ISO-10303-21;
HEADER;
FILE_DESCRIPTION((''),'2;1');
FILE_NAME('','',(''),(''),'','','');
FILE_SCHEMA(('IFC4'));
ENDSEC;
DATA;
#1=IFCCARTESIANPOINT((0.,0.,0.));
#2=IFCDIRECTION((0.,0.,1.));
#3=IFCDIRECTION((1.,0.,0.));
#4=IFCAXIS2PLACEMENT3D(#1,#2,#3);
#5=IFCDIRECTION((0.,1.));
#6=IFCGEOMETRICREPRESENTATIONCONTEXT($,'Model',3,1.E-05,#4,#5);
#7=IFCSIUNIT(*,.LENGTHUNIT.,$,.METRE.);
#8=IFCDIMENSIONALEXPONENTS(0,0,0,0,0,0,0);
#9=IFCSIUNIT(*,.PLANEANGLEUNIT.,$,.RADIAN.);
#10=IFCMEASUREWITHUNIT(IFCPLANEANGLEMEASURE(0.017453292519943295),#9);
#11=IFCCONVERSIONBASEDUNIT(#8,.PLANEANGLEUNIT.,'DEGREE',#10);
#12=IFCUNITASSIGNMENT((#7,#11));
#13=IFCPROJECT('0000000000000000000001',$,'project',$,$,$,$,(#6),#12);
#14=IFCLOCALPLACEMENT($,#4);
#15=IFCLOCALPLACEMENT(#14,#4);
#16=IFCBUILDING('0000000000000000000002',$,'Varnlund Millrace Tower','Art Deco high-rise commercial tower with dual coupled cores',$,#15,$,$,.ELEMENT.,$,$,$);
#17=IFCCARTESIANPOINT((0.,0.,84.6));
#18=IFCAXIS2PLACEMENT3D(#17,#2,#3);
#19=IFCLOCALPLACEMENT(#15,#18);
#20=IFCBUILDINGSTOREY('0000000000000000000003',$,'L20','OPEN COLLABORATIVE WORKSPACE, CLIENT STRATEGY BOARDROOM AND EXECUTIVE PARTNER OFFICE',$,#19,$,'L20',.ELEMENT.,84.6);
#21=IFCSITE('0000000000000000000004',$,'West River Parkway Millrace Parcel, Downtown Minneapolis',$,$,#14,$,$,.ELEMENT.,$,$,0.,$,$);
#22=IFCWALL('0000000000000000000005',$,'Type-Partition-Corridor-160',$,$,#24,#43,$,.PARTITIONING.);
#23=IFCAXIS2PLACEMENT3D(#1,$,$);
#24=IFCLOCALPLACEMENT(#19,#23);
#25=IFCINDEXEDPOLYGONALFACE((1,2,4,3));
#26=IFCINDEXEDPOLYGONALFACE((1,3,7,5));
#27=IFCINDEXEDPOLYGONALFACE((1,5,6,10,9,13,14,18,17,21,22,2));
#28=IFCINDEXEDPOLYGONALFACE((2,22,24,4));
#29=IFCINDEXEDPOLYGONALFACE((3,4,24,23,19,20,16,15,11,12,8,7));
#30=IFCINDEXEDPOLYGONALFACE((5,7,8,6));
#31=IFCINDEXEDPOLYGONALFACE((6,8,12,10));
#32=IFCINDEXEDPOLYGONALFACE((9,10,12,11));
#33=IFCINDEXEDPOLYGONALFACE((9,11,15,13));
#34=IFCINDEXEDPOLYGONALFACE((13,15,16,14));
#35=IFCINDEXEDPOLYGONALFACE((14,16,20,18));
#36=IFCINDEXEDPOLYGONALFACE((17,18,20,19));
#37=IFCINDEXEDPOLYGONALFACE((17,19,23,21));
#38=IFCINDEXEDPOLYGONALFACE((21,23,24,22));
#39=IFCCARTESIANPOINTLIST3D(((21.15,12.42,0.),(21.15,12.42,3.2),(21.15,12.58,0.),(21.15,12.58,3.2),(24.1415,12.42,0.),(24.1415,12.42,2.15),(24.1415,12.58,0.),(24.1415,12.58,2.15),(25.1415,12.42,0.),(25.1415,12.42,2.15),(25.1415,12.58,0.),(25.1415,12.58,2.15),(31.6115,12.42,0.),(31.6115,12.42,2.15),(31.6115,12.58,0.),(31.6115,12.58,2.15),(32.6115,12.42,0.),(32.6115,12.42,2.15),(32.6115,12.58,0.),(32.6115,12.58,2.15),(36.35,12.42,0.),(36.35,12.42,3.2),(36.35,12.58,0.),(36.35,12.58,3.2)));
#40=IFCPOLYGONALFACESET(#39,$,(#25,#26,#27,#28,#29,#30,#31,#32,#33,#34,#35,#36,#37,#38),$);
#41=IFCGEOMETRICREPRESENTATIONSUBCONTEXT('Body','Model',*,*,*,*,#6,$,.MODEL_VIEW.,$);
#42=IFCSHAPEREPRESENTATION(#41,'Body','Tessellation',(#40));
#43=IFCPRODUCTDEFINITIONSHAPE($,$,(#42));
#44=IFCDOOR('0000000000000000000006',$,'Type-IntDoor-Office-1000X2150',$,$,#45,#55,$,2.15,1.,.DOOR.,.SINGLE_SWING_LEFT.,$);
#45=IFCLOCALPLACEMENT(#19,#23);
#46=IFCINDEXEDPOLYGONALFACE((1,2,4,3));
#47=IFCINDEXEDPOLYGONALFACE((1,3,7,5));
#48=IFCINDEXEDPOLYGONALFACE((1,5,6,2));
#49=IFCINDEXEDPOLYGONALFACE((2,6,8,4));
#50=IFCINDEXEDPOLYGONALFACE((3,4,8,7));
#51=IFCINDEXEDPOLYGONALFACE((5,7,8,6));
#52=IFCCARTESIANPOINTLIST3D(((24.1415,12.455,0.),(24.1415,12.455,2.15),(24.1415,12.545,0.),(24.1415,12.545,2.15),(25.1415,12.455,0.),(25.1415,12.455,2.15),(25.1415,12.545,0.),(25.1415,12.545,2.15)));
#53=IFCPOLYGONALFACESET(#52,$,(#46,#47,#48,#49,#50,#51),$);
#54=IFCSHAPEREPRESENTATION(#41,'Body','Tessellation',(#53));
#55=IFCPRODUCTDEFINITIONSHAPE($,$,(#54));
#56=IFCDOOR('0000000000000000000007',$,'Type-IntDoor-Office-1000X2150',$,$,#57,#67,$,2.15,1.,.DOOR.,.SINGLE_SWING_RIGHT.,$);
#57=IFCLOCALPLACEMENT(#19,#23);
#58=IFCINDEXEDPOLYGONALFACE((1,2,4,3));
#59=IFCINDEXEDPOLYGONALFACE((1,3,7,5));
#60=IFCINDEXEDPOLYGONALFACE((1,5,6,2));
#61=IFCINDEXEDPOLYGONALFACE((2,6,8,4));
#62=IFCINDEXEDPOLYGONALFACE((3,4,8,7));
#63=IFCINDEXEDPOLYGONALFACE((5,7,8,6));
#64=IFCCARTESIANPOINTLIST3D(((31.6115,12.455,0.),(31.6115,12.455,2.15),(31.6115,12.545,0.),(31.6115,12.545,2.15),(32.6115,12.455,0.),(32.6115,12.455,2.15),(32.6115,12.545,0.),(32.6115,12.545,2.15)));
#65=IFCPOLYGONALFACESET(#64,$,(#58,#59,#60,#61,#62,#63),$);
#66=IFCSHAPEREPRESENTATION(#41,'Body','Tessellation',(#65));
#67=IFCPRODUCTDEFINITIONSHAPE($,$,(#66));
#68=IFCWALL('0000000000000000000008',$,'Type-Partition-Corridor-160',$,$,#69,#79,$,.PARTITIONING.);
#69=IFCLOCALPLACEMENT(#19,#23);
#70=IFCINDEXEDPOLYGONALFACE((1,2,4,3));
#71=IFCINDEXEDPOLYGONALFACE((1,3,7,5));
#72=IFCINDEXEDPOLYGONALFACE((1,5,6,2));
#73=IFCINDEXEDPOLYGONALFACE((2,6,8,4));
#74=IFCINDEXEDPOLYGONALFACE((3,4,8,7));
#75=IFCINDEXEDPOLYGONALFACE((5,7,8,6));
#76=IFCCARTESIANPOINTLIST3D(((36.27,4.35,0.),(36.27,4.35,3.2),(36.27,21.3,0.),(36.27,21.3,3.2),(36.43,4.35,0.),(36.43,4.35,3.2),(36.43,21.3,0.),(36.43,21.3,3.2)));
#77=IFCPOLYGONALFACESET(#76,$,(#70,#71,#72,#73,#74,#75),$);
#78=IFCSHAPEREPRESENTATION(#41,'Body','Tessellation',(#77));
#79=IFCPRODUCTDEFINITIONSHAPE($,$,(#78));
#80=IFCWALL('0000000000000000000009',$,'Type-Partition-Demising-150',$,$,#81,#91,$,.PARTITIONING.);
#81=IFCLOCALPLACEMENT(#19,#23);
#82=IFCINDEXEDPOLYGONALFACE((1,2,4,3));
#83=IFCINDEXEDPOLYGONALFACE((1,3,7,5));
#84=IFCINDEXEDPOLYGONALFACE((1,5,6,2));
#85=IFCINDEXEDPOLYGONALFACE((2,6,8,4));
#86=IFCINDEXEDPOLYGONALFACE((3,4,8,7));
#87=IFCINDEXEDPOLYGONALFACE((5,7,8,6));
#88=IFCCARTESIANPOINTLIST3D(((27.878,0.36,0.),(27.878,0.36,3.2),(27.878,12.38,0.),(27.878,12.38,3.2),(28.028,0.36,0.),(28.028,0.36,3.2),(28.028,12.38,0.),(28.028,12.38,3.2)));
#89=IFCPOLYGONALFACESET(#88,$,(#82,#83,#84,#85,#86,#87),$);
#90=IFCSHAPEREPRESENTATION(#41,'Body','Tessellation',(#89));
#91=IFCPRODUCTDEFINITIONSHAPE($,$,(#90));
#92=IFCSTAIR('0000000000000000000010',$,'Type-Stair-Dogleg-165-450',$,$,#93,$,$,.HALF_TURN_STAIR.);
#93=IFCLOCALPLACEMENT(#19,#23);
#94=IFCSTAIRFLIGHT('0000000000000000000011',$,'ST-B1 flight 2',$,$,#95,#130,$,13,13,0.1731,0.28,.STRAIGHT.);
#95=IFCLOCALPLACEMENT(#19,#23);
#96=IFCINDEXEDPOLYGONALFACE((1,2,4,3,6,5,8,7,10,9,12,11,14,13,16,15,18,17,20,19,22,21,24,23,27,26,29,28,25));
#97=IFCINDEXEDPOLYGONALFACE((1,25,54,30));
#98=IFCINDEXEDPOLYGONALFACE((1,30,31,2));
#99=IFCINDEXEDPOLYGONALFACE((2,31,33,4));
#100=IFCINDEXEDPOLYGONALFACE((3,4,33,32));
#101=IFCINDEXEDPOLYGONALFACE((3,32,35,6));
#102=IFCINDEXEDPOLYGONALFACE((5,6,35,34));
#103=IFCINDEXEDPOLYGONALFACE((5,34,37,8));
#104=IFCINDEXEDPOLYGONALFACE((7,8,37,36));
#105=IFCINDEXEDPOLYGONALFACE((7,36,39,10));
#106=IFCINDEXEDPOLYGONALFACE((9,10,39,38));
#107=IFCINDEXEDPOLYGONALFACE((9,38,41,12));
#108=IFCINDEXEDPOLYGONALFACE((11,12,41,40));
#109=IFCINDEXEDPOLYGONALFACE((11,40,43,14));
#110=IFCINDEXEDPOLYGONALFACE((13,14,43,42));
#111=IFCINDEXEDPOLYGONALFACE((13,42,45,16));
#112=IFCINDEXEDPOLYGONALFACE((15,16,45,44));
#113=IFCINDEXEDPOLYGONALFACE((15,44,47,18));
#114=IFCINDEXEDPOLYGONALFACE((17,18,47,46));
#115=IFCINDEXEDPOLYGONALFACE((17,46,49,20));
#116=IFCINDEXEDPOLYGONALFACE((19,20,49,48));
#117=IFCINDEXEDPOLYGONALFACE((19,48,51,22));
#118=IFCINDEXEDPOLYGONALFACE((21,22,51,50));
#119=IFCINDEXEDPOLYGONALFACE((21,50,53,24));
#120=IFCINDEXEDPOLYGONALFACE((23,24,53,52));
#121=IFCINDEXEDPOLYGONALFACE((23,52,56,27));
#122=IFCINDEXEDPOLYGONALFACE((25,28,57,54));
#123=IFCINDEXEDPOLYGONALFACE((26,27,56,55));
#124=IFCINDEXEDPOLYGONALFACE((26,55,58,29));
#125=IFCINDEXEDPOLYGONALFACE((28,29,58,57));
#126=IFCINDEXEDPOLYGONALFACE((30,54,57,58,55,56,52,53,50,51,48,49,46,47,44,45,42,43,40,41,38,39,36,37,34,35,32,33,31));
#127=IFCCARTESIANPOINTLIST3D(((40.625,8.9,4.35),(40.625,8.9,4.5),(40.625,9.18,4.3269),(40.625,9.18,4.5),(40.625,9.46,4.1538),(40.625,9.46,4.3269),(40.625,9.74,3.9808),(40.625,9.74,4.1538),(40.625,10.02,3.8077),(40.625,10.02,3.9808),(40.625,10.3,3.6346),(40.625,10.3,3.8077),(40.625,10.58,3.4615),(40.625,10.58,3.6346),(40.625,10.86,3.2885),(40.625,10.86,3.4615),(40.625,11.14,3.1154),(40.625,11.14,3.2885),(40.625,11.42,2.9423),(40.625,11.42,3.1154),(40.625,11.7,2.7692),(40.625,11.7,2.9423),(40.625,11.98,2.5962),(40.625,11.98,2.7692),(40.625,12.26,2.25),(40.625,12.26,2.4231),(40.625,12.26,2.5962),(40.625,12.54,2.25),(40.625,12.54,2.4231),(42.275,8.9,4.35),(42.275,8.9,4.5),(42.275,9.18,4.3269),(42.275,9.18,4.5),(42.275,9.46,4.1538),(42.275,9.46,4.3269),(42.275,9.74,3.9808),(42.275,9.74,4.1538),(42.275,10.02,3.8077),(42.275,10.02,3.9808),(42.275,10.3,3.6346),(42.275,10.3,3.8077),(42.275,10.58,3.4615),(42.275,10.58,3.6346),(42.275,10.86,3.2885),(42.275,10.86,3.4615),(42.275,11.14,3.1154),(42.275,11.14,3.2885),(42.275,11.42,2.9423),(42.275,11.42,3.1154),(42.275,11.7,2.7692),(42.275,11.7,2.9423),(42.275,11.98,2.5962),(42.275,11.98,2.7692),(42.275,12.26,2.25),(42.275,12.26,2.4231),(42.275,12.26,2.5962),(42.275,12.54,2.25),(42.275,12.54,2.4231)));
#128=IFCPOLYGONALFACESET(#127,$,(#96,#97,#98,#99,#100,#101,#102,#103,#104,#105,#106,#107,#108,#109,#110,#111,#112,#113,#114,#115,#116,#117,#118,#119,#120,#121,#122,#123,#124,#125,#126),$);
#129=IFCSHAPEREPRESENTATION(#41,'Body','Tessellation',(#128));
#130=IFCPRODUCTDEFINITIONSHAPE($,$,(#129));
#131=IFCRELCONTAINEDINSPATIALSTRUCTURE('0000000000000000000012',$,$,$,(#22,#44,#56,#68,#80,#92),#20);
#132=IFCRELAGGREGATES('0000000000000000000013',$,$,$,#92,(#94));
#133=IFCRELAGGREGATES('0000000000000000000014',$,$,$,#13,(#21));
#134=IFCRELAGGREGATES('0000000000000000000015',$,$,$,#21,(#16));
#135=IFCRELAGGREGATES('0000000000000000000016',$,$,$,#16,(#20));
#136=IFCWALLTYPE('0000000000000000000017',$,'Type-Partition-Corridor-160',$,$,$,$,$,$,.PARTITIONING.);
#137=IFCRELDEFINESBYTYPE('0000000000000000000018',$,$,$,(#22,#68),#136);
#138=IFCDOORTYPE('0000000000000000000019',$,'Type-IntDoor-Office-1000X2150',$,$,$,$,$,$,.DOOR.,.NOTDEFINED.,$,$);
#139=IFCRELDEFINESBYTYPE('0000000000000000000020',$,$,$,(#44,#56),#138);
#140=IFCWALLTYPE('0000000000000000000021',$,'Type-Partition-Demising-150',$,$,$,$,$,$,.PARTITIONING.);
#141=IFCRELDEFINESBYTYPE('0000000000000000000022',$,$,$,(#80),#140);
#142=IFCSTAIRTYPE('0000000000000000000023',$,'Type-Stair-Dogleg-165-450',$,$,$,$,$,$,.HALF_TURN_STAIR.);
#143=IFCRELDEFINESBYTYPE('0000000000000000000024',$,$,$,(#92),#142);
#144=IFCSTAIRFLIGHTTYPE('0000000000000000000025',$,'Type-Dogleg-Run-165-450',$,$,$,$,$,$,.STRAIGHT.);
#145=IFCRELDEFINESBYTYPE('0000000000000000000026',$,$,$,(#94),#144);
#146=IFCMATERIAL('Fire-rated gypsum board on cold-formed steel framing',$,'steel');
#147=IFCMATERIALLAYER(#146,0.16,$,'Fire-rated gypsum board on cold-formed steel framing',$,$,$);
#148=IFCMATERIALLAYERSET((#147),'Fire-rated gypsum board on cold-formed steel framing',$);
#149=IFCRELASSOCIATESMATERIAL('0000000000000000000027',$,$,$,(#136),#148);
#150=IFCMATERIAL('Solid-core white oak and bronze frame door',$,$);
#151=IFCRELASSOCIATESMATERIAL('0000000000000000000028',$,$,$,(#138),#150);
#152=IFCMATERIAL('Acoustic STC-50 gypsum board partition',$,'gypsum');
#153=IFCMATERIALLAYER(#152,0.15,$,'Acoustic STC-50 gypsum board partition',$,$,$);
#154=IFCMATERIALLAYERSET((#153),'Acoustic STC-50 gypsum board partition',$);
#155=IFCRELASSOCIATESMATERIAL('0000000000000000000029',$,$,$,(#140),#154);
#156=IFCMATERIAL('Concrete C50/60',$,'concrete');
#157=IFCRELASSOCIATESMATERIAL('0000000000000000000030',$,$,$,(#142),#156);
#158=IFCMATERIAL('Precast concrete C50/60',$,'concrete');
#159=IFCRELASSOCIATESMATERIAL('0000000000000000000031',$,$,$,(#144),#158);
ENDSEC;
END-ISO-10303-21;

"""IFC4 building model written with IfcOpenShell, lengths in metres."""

from ifc_helpers import new_model, entity, si_unit, converted_unit, direction, frame, origin_with_axes, origin_2d_with_axis, place, context, subcontext, project, spatial, polyline, rectangle, outline, extrude, material, layer, layer_set, type_object, element, fill, aggregate, save


model = new_model("IFC4")

# Units and contexts
model_context = context("Model", 3, precision=1e-05, world=origin_with_axes(), true_north=direction((0.0, 1.0)))
body_context = subcontext(model_context, "Body", "Model", "MODEL_VIEW")
ifc_project = project(units=[si_unit("LENGTHUNIT", "METRE"), converted_unit("PLANEANGLEUNIT", "DEGREE", entity("IfcPlaneAngleMeasure", 0.017453292519943295), si_unit("PLANEANGLEUNIT", "RADIAN"), dimensions=[0, 0, 0, 0, 0, 0, 0])], contexts=[model_context])

# Site, building, storey
site_placement = place(None, origin_with_axes())
site = spatial("IfcSite", under=ifc_project, at=site_placement, Name="West River Parkway Millrace Parcel, Downtown Minneapolis", CompositionType="ELEMENT", RefElevation=0.0)
building_placement = place(site_placement, origin_with_axes())
building = spatial("IfcBuilding", under=site, at=building_placement, Name="Varnlund Millrace Tower", Description="Art Deco high-rise commercial tower with dual coupled cores", CompositionType="ELEMENT")
storey_placement = place(building_placement, frame((0.0, 0.0, 84.6), z_axis=(0.0, 0.0, 1.0), x_axis=(1.0, 0.0, 0.0)))
storey = spatial("IfcBuildingStorey", under=building, at=storey_placement, Name="L20", Description="OPEN COLLABORATIVE WORKSPACE, CLIENT STRATEGY BOARDROOM AND EXECUTIVE PARTNER OFFICE", LongName="L20", CompositionType="ELEMENT", Elevation=84.6)

# Wall, openings, doors
ifc_material_1 = material(Name="Fire-rated gypsum board on cold-formed steel framing", Category="steel")
ifc_layer_1 = layer(ifc_material_1, 0.16, Name="Fire-rated gypsum board on cold-formed steel framing")
ifc_layer_set_1 = layer_set([ifc_layer_1], Name="Fire-rated gypsum board on cold-formed steel framing")
wall_type_1 = type_object("IfcWallType", Name="Type-Partition-Corridor-160", PredefinedType="PARTITIONING", material=ifc_layer_set_1)
wall_1_placement = place(storey_placement, frame((21.15, 12.5, 0.0), z_axis=(0.0, 0.0, 1.0), x_axis=(1.0, 0.0, 0.0)))
wall_1 = element("IfcWall", 1, at=wall_1_placement, inside=storey, type_object=wall_type_1, Name="Type-Partition-Corridor-160", PredefinedType="PARTITIONING", context=body_context, shape_type="SweptSolid", body=[
    extrude(outline(polyline([(0.0, -0.08), (15.2, -0.08), (15.2, 0.08), (0.0, 0.08), (0.0, -0.08)])), origin_with_axes(), (0.0, 0.0, 1.0), 3.2),
])
opening_1_placement = place(wall_1_placement, frame((3.4915, 0.0, 0.0), z_axis=(0.0, 0.0, 1.0), x_axis=(1.0, 0.0, 0.0)))
opening_1 = element("IfcOpeningElement", 2, at=opening_1_placement, cuts=wall_1, PredefinedType="OPENING", context=body_context, shape_type="SweptSolid", body=[
    extrude(rectangle(XDim=1.0, YDim=0.18, at=origin_2d_with_axis()), origin_with_axes(), (0.0, 0.0, 1.0), 2.15),
])
opening_2_placement = place(wall_1_placement, frame((10.9615, 0.0, 0.0), z_axis=(0.0, 0.0, 1.0), x_axis=(1.0, 0.0, 0.0)))
opening_2 = element("IfcOpeningElement", 3, at=opening_2_placement, cuts=wall_1, PredefinedType="OPENING", context=body_context, shape_type="SweptSolid", body=[
    extrude(rectangle(XDim=1.0, YDim=0.18, at=origin_2d_with_axis()), origin_with_axes(), (0.0, 0.0, 1.0), 2.15),
])
ifc_material_2 = material(Name="Solid-core white oak and bronze frame door")
door_type = type_object("IfcDoorType", Name="Type-IntDoor-Office-1000X2150", OperationType="NOTDEFINED", PredefinedType="DOOR", material=ifc_material_2)
door_1_placement = place(wall_1_placement, frame((3.4915, 0.0, 0.0), z_axis=(0.0, 0.0, 1.0), x_axis=(1.0, 0.0, 0.0)))
door_1 = element("IfcDoor", 4, at=door_1_placement, inside=storey, type_object=door_type, Name="Type-IntDoor-Office-1000X2150", OperationType="SINGLE_SWING_LEFT", OverallHeight=2.15, OverallWidth=1.0, PredefinedType="DOOR", context=body_context, shape_type="SweptSolid", body=[
    extrude(rectangle(XDim=1.0, YDim=0.09, at=origin_2d_with_axis()), origin_with_axes(), (0.0, 0.0, 1.0), 2.15),
])
fill(opening_1, door_1)
door_2_placement = place(wall_1_placement, frame((10.9615, 0.0, 0.0), z_axis=(0.0, 0.0, 1.0), x_axis=(1.0, 0.0, 0.0)))
door_2 = element("IfcDoor", 5, at=door_2_placement, inside=storey, type_object=door_type, Name="Type-IntDoor-Office-1000X2150", OperationType="SINGLE_SWING_RIGHT", OverallHeight=2.15, OverallWidth=1.0, PredefinedType="DOOR", context=body_context, shape_type="SweptSolid", body=[
    extrude(rectangle(XDim=1.0, YDim=0.09, at=origin_2d_with_axis()), origin_with_axes(), (0.0, 0.0, 1.0), 2.15),
])
fill(opening_2, door_2)

# Walls
wall_2_placement = place(storey_placement, frame((36.35, 4.35, 0.0), z_axis=(0.0, 0.0, 1.0), x_axis=(0.0, 1.0, 0.0)))
element("IfcWall", 6, at=wall_2_placement, inside=storey, type_object=wall_type_1, Name="Type-Partition-Corridor-160", PredefinedType="PARTITIONING", context=body_context, shape_type="SweptSolid", body=[
    extrude(outline(polyline([(0.0, -0.08), (16.95, -0.08), (16.95, 0.08), (0.0, 0.08), (0.0, -0.08)])), origin_with_axes(), (0.0, 0.0, 1.0), 3.2),
])
ifc_material_3 = material(Name="Acoustic STC-50 gypsum board partition", Category="gypsum")
ifc_layer_2 = layer(ifc_material_3, 0.15, Name="Acoustic STC-50 gypsum board partition")
ifc_layer_set_2 = layer_set([ifc_layer_2], Name="Acoustic STC-50 gypsum board partition")
wall_type_2 = type_object("IfcWallType", Name="Type-Partition-Demising-150", PredefinedType="PARTITIONING", material=ifc_layer_set_2)
wall_3_placement = place(storey_placement, frame((27.953, 0.36, 0.0), z_axis=(0.0, 0.0, 1.0), x_axis=(0.0, 1.0, 0.0)))
element("IfcWall", 7, at=wall_3_placement, inside=storey, type_object=wall_type_2, Name="Type-Partition-Demising-150", PredefinedType="PARTITIONING", context=body_context, shape_type="SweptSolid", body=[
    extrude(outline(polyline([(0.0, -0.075), (12.02, -0.075), (12.02, 0.075), (0.0, 0.075), (0.0, -0.075)])), origin_with_axes(), (0.0, 0.0, 1.0), 3.2),
])

# Stair, stair flight
ifc_material_4 = material(Name="Concrete C50/60", Category="concrete")
stair_type = type_object("IfcStairType", Name="Type-Stair-Dogleg-165-450", PredefinedType="HALF_TURN_STAIR", material=ifc_material_4)
stair_placement = place(storey_placement, origin_with_axes())
stair = element("IfcStair", 8, at=stair_placement, inside=storey, type_object=stair_type, Name="Type-Stair-Dogleg-165-450", PredefinedType="HALF_TURN_STAIR")
ifc_material_5 = material(Name="Precast concrete C50/60", Category="concrete")
stair_flight_type = type_object("IfcStairFlightType", Name="Type-Dogleg-Run-165-450", PredefinedType="STRAIGHT", material=ifc_material_5)
stair_flight_placement = place(storey_placement, frame((42.275, 12.54, 2.25), z_axis=(-1.0, 0.0, 0.0), x_axis=(0.0, -1.0, 0.0)))
stair_flight = element("IfcStairFlight", 9, at=stair_flight_placement, type_object=stair_flight_type, Name="ST-B1 flight 2", NumberOfRisers=13, NumberOfTreads=13, PredefinedType="STRAIGHT", RiserHeight=0.1731, TreadLength=0.28, context=body_context, shape_type="SweptSolid", body=[
    extrude(outline(polyline([(0.0, 0.0), (0.0, 0.1731), (0.28, 0.1731), (0.28, 0.3462), (0.56, 0.3462), (0.56, 0.5192), (0.84, 0.5192), (0.84, 0.6923), (1.12, 0.6923), (1.12, 0.8654), (1.4, 0.8654), (1.4, 1.0385), (1.68, 1.0385), (1.68, 1.2115), (1.96, 1.2115), (1.96, 1.3846), (2.24, 1.3846), (2.24, 1.5577), (2.52, 1.5577), (2.52, 1.7308), (2.8, 1.7308), (2.8, 1.9038), (3.08, 1.9038), (3.08, 2.0769), (3.36, 2.0769), (3.36, 2.25), (3.64, 2.25), (3.64, 2.1), (0.28, 0.0), (0.0, 0.0)])), origin_with_axes(), (0.0, 0.0, 1.0), 1.65),
])
aggregate(stair, [stair_flight])

save(model, "model.ifc")
